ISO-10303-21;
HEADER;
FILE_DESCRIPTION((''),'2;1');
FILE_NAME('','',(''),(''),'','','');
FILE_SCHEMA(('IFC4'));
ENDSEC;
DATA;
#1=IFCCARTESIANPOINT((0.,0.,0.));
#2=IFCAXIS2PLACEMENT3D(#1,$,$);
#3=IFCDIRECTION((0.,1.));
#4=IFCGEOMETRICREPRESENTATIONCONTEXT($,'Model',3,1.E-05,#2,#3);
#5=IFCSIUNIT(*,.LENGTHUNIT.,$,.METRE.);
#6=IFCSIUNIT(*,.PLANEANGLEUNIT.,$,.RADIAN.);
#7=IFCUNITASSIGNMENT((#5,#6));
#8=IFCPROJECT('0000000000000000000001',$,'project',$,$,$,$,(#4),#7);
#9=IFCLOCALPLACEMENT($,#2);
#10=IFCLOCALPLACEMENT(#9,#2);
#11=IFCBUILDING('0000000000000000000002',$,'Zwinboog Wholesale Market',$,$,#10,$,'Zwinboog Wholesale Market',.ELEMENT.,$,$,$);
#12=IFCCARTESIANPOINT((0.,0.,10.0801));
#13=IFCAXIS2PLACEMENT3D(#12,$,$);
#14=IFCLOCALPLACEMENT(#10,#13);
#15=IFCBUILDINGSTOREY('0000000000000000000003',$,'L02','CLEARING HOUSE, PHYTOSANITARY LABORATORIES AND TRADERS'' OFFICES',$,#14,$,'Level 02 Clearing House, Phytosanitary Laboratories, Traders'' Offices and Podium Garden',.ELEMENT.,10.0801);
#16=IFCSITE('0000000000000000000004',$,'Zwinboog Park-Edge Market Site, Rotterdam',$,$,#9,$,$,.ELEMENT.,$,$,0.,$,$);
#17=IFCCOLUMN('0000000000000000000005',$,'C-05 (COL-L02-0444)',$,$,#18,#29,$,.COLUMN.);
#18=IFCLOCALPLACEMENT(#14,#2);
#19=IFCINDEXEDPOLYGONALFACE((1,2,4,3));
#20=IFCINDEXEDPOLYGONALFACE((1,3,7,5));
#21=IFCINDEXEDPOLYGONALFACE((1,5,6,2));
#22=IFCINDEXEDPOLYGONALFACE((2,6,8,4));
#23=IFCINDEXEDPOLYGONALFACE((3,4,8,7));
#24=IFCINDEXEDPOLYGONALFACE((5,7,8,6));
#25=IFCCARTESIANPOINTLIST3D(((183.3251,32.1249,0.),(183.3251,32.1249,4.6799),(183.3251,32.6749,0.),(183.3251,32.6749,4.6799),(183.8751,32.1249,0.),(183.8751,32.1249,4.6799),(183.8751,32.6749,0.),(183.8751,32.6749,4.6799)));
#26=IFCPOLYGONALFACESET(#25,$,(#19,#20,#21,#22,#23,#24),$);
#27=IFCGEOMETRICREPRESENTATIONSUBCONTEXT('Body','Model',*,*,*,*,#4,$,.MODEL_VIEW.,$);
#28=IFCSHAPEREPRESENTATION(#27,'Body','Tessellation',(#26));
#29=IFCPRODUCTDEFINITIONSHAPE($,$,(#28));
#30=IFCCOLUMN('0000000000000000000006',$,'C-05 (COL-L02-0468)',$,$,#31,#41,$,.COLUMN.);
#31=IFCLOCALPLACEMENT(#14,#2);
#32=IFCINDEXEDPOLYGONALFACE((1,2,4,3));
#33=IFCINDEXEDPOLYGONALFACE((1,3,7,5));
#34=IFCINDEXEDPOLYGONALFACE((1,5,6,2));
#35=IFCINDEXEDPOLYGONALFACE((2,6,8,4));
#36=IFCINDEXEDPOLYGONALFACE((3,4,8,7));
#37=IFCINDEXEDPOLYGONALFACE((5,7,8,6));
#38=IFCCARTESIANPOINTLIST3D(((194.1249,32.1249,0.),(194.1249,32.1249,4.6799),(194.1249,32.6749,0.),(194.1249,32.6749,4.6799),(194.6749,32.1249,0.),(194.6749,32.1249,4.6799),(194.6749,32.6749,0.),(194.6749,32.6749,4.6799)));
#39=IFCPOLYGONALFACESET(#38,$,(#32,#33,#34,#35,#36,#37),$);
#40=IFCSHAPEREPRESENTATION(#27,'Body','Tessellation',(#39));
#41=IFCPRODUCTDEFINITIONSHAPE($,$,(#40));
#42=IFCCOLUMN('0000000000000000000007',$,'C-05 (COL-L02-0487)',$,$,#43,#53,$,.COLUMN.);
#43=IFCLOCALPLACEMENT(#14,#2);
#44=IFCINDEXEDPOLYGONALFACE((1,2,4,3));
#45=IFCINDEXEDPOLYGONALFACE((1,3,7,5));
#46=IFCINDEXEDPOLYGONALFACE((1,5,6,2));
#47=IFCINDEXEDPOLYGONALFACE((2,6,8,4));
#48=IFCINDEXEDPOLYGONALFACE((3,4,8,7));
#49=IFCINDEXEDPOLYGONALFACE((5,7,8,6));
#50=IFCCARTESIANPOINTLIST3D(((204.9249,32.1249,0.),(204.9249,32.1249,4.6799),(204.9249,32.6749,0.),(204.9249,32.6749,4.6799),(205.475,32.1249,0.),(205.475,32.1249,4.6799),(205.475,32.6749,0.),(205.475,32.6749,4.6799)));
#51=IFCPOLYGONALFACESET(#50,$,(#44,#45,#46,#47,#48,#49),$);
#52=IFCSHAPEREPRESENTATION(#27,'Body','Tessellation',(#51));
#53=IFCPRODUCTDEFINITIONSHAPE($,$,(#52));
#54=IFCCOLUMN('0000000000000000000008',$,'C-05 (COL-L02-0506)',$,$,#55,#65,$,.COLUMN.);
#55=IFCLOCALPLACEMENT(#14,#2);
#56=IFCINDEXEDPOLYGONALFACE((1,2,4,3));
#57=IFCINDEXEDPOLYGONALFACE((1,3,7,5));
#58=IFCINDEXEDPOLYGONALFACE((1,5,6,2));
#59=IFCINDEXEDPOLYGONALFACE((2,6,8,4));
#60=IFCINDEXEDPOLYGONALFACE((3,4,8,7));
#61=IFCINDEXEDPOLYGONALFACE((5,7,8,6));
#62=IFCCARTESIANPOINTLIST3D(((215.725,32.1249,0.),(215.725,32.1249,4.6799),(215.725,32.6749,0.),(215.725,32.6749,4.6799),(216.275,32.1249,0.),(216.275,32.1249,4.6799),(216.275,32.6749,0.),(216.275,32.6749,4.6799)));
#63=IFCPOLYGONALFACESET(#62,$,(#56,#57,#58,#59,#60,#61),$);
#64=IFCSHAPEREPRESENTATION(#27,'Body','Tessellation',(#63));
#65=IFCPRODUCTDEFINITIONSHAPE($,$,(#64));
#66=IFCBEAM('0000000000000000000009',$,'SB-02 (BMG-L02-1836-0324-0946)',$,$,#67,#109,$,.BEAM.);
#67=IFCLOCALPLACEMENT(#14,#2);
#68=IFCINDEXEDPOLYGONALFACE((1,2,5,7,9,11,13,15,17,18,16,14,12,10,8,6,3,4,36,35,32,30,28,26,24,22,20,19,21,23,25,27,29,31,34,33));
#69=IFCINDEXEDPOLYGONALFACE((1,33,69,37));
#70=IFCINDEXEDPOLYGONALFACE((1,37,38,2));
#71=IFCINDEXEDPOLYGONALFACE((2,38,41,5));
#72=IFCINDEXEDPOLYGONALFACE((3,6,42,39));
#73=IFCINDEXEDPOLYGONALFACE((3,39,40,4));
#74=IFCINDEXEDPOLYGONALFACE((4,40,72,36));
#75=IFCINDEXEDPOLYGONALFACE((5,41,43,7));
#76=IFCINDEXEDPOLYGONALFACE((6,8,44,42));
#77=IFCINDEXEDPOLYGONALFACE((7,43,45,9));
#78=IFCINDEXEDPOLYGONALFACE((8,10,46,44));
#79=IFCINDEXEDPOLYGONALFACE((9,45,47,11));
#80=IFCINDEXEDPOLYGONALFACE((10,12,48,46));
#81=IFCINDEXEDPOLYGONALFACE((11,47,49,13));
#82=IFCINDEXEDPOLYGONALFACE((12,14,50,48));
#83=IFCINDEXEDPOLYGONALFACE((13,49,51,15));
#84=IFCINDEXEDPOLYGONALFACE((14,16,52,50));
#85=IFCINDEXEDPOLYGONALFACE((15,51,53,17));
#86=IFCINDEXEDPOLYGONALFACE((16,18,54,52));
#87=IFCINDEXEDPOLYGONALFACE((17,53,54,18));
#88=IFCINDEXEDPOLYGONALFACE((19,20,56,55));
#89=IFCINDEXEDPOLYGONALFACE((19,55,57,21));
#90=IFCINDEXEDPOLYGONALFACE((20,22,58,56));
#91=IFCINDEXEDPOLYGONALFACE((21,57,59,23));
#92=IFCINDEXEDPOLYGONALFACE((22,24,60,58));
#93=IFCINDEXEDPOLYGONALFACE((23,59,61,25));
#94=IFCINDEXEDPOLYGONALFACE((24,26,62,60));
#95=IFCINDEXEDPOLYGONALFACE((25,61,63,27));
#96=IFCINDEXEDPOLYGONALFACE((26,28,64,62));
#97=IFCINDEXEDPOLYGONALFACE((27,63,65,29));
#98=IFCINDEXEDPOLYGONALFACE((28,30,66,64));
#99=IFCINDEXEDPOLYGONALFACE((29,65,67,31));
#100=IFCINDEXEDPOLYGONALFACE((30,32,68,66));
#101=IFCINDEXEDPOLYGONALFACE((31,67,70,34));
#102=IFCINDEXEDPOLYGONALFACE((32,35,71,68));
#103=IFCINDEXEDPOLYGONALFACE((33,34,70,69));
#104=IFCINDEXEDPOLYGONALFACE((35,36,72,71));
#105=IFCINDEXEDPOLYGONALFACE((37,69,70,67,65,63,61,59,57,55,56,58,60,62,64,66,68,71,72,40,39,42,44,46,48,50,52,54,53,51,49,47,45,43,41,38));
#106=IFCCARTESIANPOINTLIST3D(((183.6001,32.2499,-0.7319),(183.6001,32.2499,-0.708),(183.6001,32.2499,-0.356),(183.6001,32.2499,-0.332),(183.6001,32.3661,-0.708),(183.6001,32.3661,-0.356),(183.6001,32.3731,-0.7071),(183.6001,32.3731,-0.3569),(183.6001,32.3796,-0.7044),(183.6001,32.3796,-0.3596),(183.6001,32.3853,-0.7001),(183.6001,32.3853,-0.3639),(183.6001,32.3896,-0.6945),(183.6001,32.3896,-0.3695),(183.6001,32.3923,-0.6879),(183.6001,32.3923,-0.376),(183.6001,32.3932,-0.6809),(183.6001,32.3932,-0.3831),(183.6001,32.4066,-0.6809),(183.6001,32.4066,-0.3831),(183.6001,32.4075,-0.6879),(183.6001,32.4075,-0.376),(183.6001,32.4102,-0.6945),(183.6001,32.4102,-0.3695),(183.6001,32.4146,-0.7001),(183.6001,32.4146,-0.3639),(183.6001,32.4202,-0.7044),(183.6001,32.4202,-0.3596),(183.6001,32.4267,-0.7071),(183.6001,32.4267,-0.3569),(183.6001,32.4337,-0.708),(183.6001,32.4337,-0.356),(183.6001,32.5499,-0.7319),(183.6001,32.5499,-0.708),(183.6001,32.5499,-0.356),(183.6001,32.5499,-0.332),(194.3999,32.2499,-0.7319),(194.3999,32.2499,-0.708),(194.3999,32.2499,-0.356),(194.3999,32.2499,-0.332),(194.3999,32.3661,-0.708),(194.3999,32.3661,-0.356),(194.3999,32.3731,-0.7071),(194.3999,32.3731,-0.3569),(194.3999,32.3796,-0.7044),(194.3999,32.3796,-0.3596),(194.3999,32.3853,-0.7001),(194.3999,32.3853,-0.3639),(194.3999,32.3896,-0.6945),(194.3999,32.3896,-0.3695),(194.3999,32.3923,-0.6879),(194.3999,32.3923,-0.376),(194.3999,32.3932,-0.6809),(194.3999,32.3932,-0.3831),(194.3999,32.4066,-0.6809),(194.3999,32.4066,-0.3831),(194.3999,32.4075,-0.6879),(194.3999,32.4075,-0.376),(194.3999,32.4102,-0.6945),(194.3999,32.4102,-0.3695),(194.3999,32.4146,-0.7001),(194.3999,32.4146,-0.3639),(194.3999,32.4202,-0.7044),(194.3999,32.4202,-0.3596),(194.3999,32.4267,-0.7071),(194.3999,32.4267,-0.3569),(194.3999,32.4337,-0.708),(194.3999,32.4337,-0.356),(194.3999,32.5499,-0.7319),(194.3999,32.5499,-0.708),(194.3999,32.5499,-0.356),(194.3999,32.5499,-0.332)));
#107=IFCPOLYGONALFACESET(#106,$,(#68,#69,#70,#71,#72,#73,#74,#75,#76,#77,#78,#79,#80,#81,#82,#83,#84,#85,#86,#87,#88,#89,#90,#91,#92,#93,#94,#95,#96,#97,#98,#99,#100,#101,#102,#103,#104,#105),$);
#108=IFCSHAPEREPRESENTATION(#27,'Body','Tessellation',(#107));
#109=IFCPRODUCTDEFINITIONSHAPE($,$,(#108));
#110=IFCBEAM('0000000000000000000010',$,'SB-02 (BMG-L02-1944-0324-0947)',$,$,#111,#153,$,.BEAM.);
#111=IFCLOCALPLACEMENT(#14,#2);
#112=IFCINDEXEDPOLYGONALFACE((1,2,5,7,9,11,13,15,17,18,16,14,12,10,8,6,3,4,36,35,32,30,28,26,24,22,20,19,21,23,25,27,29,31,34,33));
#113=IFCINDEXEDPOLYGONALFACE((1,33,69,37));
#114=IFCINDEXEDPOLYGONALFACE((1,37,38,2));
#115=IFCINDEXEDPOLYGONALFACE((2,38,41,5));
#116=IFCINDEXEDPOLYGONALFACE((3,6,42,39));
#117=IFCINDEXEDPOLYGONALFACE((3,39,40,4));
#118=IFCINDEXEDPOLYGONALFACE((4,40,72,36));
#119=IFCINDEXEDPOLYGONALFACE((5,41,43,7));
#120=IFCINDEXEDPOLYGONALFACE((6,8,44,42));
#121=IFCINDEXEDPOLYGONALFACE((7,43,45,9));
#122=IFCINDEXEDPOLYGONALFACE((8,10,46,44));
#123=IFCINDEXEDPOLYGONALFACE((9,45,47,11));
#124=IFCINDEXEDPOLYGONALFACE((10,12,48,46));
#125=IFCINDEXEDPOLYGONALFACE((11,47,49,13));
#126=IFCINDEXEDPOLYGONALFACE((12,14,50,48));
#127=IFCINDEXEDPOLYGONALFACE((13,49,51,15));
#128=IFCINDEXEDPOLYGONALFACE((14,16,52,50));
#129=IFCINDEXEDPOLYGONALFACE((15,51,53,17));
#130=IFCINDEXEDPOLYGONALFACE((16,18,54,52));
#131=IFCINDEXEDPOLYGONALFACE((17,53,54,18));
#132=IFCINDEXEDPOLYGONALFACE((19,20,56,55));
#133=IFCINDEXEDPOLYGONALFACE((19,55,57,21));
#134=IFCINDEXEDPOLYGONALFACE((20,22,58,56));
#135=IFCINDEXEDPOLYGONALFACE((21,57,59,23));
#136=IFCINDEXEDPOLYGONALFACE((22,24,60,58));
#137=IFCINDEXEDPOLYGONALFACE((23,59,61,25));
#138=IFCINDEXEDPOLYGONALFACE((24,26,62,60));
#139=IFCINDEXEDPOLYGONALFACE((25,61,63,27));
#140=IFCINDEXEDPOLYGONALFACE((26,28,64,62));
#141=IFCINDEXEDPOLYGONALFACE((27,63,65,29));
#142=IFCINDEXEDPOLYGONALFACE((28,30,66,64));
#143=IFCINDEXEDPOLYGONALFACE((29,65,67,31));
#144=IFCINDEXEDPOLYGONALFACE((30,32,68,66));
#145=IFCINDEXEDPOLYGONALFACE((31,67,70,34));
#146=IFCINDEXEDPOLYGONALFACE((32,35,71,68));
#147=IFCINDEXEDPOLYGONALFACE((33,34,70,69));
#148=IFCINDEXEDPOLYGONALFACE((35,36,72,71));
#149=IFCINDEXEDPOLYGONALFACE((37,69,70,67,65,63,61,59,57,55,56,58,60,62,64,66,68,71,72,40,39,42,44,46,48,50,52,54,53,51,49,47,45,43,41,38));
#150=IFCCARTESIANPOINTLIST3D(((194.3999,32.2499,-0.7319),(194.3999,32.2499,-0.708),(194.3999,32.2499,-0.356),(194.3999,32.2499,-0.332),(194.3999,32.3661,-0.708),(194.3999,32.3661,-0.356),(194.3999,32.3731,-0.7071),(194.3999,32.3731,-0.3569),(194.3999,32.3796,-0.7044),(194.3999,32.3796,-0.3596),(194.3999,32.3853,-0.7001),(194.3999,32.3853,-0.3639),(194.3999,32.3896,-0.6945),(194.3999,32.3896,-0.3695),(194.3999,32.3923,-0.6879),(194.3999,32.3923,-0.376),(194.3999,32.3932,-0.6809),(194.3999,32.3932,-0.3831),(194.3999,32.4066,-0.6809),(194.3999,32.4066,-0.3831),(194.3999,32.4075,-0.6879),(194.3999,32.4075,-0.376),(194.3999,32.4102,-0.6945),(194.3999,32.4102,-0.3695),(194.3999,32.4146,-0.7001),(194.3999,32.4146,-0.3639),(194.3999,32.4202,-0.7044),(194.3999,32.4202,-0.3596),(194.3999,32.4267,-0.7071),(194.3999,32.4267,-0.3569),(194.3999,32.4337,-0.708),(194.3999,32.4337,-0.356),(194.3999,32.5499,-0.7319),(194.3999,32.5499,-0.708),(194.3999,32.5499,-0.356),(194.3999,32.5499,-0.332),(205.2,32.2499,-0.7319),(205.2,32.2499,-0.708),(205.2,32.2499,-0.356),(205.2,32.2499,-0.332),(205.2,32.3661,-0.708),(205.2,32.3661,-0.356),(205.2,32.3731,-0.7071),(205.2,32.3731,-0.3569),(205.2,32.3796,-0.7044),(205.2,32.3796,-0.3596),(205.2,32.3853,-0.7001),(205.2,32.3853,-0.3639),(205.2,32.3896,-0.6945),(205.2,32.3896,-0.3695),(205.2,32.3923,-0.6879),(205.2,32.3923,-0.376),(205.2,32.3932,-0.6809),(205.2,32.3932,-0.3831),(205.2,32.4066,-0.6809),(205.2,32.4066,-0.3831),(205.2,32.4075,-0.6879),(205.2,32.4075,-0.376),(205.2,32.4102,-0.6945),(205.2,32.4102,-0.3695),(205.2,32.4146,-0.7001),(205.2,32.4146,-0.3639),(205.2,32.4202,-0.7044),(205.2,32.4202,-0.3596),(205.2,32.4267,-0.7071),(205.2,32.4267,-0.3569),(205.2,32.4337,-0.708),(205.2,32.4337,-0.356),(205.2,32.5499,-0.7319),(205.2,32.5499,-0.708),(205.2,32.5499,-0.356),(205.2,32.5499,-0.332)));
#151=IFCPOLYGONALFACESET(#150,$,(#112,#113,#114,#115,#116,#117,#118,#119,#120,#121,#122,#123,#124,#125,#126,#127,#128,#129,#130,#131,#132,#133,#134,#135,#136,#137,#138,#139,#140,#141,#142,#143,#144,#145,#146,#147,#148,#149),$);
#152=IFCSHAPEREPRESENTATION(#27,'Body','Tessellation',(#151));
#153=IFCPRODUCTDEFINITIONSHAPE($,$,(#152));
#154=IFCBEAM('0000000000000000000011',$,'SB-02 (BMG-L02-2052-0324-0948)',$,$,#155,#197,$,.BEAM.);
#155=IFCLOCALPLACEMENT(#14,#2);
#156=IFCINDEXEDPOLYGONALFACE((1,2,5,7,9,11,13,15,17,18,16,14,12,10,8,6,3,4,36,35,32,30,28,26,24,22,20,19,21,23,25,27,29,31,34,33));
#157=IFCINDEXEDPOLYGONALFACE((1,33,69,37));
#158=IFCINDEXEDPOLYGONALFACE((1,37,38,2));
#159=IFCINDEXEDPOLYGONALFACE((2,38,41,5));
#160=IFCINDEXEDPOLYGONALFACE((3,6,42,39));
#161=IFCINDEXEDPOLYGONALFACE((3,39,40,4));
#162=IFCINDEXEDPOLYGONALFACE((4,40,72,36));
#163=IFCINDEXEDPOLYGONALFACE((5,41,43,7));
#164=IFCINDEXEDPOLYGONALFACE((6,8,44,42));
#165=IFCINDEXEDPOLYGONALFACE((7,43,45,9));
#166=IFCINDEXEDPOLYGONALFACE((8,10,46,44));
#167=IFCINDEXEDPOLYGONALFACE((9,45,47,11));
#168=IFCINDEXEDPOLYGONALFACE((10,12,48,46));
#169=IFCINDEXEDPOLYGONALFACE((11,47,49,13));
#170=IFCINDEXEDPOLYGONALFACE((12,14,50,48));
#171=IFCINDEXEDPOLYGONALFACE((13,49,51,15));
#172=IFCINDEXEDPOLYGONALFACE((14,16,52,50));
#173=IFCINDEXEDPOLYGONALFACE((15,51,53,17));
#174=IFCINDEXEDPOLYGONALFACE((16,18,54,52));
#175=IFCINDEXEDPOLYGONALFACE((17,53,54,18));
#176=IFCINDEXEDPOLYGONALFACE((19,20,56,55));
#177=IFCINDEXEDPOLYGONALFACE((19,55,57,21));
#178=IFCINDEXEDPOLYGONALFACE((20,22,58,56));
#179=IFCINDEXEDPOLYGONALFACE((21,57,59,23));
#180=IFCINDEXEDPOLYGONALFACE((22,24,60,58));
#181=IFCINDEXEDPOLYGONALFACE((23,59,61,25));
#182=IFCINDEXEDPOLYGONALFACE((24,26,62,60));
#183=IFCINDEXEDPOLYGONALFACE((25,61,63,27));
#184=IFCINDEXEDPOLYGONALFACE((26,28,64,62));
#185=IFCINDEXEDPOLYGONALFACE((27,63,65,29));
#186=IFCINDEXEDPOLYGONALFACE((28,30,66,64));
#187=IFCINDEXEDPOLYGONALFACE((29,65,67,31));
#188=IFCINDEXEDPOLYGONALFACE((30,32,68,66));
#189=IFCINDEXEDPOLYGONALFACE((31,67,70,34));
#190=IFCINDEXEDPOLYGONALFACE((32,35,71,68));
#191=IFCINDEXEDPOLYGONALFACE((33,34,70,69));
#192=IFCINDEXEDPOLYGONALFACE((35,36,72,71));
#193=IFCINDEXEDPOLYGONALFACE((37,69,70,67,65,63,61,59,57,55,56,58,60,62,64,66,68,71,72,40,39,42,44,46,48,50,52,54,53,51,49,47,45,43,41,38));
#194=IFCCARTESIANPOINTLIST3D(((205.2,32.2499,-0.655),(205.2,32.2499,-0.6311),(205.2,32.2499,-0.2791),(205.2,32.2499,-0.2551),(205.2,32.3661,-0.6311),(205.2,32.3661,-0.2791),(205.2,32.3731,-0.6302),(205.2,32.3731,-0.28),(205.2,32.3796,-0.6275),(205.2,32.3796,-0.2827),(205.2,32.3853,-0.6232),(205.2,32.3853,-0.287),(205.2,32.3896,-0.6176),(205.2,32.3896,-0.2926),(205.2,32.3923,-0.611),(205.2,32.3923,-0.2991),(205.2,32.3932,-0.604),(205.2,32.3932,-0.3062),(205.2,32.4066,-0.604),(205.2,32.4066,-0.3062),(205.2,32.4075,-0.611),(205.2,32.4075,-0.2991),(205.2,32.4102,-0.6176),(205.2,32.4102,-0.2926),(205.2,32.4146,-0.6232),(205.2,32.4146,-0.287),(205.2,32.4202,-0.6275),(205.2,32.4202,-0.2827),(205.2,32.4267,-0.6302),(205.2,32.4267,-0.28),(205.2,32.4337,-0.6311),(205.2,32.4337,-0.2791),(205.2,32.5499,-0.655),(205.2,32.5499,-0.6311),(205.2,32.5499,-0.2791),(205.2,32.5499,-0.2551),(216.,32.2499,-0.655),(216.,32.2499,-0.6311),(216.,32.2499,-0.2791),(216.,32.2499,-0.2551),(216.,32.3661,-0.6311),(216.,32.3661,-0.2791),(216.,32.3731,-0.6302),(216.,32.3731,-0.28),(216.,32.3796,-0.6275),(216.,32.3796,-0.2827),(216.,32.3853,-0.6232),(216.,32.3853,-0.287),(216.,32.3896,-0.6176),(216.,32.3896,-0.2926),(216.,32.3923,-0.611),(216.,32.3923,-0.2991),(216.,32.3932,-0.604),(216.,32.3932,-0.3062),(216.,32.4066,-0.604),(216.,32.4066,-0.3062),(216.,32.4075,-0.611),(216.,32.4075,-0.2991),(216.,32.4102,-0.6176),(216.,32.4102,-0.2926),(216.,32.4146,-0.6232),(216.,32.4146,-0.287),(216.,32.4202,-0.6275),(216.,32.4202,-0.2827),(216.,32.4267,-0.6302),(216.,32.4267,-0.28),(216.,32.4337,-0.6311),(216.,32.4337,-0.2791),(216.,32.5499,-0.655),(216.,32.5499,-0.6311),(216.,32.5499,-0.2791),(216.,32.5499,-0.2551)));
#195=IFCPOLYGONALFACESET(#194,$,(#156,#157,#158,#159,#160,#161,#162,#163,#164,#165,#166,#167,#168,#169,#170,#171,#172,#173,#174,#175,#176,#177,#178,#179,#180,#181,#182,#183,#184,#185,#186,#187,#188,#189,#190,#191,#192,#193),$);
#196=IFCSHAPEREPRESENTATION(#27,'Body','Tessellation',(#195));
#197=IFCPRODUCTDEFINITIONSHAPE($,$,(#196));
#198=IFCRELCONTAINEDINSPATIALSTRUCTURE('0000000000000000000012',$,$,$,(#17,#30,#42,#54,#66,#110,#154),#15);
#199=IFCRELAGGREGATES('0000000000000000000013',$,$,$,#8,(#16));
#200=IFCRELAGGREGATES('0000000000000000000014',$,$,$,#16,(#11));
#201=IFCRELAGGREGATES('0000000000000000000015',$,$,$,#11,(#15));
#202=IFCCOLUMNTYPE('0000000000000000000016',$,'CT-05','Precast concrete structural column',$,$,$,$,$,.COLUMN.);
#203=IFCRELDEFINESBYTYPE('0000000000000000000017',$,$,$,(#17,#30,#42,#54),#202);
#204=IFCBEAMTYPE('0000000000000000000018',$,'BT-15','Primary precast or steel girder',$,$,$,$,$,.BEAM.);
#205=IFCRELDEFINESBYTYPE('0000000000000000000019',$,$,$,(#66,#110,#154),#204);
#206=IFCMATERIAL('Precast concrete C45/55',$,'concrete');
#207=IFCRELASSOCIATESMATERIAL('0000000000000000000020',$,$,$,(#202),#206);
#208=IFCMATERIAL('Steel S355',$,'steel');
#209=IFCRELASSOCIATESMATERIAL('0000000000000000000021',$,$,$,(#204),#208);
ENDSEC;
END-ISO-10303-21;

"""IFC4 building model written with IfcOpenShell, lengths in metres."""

from ifc_helpers import new_model, si_unit, direction, frame, origin, origin_2d, place, context, subcontext, project, spatial, rectangle, i_section, extrude, material, material_profile, profile_set, type_object, element, save


model = new_model("IFC4")

# Units and contexts
model_context = context("Model", 3, precision=1e-05, world=origin(), true_north=direction((0.0, 1.0)))
body_context = subcontext(model_context, "Body", "Model", "MODEL_VIEW")
ifc_project = project(units=[si_unit("LENGTHUNIT", "METRE"), si_unit("PLANEANGLEUNIT", "RADIAN")], contexts=[model_context])

# Site, building, storey
site_placement = place(None, origin())
site = spatial("IfcSite", under=ifc_project, at=site_placement, Name="Zwinboog Park-Edge Market Site, Rotterdam", CompositionType="ELEMENT", RefElevation=0.0)
building_placement = place(site_placement, origin())
building = spatial("IfcBuilding", under=site, at=building_placement, Name="Zwinboog Wholesale Market", LongName="Zwinboog Wholesale Market", CompositionType="ELEMENT")
storey_placement = place(building_placement, frame((0.0, 0.0, 10.0801)))
storey = spatial("IfcBuildingStorey", under=building, at=storey_placement, Name="L02", Description="CLEARING HOUSE, PHYTOSANITARY LABORATORIES AND TRADERS' OFFICES", LongName="Level 02 Clearing House, Phytosanitary Laboratories, Traders' Offices and Podium Garden", CompositionType="ELEMENT", Elevation=10.0801)

# Columns
ifc_material_1 = material(Name="Precast concrete C45/55", Category="concrete")
ifc_material_profile_1 = material_profile(ifc_material_1, rectangle(XDim=0.55, YDim=0.55, at=origin_2d()), Name="PC 550x550")
ifc_profile_set_1 = profile_set([ifc_material_profile_1], Name="Precast concrete C45/55")
column_type = type_object("IfcColumnType", Name="CT-05", Description="Precast concrete structural column", PredefinedType="COLUMN", material=ifc_profile_set_1)
for number, where, z_axis, x_axis, name in (
    (1, (183.6001, 32.3999, 0.0), (0.0, 0.0, 1.0), (1.0, 0.0, 0.0), "C-05 (COL-L02-0444)"),
    (2, (194.3999, 32.3999, 0.0), (0.0, 0.0, 1.0), (1.0, 0.0, 0.0), "C-05 (COL-L02-0468)"),
    (3, (205.2, 32.3999, 0.0), (0.0, 0.0, 1.0), (1.0, 0.0, 0.0), "C-05 (COL-L02-0487)"),
    (4, (216.0, 32.3999, 0.0), (0.0, 0.0, 1.0), (1.0, 0.0, 0.0), "C-05 (COL-L02-0506)"),
):
    element("IfcColumn", number, at=place(storey_placement, frame(where, z_axis=z_axis, x_axis=x_axis)), inside=storey, type_object=column_type, Name=name, PredefinedType="COLUMN", context=body_context, shape_type="SweptSolid", body=[
        extrude(rectangle(XDim=0.55, YDim=0.55, at=origin_2d()), origin(), (0.0, 0.0, 1.0), 4.6799),
    ])

# Beams
ifc_material_2 = material(Name="Steel S355", Category="steel")
ifc_material_profile_2 = material_profile(ifc_material_2, i_section(OverallWidth=0.3, OverallDepth=0.3999, WebThickness=0.0134, FlangeThickness=0.0239, FilletRadius=0.0271, at=origin_2d()), Name="HEB 400")
ifc_profile_set_2 = profile_set([ifc_material_profile_2], Name="Steel S355")
beam_type = type_object("IfcBeamType", Name="BT-15", Description="Primary precast or steel girder", PredefinedType="BEAM", material=ifc_profile_set_2)
beam_placement = place(storey_placement, frame((183.6001, 32.3999, -0.532), z_axis=(1.0, 0.0, 0.0), x_axis=(0.0, 1.0, 0.0)))
element("IfcBeam", 5, at=beam_placement, inside=storey, type_object=beam_type, Name="SB-02 (BMG-L02-1836-0324-0946)", PredefinedType="BEAM", context=body_context, shape_type="SweptSolid", body=[
    extrude(i_section(OverallWidth=0.3, OverallDepth=0.3999, WebThickness=0.0134, FlangeThickness=0.0239, FilletRadius=0.0271, at=origin_2d()), origin(), (0.0, 0.0, 1.0), 10.7998),
])
for number, where, z_axis, x_axis, name in (
    (6, (194.3999, 32.3999, -0.532), (1.0, 0.0, 0.0), (0.0, 1.0, 0.0), "SB-02 (BMG-L02-1944-0324-0947)"),
    (7, (205.2, 32.3999, -0.4551), (1.0, 0.0, 0.0), (0.0, 1.0, 0.0), "SB-02 (BMG-L02-2052-0324-0948)"),
):
    element("IfcBeam", number, at=place(storey_placement, frame(where, z_axis=z_axis, x_axis=x_axis)), inside=storey, type_object=beam_type, Name=name, PredefinedType="BEAM", context=body_context, shape_type="SweptSolid", body=[
        extrude(i_section(OverallWidth=0.3, OverallDepth=0.3999, WebThickness=0.0134, FlangeThickness=0.0239, FilletRadius=0.0271, at=origin_2d()), origin(), (0.0, 0.0, 1.0), 10.8),
    ])

save(model, "model.ifc")
